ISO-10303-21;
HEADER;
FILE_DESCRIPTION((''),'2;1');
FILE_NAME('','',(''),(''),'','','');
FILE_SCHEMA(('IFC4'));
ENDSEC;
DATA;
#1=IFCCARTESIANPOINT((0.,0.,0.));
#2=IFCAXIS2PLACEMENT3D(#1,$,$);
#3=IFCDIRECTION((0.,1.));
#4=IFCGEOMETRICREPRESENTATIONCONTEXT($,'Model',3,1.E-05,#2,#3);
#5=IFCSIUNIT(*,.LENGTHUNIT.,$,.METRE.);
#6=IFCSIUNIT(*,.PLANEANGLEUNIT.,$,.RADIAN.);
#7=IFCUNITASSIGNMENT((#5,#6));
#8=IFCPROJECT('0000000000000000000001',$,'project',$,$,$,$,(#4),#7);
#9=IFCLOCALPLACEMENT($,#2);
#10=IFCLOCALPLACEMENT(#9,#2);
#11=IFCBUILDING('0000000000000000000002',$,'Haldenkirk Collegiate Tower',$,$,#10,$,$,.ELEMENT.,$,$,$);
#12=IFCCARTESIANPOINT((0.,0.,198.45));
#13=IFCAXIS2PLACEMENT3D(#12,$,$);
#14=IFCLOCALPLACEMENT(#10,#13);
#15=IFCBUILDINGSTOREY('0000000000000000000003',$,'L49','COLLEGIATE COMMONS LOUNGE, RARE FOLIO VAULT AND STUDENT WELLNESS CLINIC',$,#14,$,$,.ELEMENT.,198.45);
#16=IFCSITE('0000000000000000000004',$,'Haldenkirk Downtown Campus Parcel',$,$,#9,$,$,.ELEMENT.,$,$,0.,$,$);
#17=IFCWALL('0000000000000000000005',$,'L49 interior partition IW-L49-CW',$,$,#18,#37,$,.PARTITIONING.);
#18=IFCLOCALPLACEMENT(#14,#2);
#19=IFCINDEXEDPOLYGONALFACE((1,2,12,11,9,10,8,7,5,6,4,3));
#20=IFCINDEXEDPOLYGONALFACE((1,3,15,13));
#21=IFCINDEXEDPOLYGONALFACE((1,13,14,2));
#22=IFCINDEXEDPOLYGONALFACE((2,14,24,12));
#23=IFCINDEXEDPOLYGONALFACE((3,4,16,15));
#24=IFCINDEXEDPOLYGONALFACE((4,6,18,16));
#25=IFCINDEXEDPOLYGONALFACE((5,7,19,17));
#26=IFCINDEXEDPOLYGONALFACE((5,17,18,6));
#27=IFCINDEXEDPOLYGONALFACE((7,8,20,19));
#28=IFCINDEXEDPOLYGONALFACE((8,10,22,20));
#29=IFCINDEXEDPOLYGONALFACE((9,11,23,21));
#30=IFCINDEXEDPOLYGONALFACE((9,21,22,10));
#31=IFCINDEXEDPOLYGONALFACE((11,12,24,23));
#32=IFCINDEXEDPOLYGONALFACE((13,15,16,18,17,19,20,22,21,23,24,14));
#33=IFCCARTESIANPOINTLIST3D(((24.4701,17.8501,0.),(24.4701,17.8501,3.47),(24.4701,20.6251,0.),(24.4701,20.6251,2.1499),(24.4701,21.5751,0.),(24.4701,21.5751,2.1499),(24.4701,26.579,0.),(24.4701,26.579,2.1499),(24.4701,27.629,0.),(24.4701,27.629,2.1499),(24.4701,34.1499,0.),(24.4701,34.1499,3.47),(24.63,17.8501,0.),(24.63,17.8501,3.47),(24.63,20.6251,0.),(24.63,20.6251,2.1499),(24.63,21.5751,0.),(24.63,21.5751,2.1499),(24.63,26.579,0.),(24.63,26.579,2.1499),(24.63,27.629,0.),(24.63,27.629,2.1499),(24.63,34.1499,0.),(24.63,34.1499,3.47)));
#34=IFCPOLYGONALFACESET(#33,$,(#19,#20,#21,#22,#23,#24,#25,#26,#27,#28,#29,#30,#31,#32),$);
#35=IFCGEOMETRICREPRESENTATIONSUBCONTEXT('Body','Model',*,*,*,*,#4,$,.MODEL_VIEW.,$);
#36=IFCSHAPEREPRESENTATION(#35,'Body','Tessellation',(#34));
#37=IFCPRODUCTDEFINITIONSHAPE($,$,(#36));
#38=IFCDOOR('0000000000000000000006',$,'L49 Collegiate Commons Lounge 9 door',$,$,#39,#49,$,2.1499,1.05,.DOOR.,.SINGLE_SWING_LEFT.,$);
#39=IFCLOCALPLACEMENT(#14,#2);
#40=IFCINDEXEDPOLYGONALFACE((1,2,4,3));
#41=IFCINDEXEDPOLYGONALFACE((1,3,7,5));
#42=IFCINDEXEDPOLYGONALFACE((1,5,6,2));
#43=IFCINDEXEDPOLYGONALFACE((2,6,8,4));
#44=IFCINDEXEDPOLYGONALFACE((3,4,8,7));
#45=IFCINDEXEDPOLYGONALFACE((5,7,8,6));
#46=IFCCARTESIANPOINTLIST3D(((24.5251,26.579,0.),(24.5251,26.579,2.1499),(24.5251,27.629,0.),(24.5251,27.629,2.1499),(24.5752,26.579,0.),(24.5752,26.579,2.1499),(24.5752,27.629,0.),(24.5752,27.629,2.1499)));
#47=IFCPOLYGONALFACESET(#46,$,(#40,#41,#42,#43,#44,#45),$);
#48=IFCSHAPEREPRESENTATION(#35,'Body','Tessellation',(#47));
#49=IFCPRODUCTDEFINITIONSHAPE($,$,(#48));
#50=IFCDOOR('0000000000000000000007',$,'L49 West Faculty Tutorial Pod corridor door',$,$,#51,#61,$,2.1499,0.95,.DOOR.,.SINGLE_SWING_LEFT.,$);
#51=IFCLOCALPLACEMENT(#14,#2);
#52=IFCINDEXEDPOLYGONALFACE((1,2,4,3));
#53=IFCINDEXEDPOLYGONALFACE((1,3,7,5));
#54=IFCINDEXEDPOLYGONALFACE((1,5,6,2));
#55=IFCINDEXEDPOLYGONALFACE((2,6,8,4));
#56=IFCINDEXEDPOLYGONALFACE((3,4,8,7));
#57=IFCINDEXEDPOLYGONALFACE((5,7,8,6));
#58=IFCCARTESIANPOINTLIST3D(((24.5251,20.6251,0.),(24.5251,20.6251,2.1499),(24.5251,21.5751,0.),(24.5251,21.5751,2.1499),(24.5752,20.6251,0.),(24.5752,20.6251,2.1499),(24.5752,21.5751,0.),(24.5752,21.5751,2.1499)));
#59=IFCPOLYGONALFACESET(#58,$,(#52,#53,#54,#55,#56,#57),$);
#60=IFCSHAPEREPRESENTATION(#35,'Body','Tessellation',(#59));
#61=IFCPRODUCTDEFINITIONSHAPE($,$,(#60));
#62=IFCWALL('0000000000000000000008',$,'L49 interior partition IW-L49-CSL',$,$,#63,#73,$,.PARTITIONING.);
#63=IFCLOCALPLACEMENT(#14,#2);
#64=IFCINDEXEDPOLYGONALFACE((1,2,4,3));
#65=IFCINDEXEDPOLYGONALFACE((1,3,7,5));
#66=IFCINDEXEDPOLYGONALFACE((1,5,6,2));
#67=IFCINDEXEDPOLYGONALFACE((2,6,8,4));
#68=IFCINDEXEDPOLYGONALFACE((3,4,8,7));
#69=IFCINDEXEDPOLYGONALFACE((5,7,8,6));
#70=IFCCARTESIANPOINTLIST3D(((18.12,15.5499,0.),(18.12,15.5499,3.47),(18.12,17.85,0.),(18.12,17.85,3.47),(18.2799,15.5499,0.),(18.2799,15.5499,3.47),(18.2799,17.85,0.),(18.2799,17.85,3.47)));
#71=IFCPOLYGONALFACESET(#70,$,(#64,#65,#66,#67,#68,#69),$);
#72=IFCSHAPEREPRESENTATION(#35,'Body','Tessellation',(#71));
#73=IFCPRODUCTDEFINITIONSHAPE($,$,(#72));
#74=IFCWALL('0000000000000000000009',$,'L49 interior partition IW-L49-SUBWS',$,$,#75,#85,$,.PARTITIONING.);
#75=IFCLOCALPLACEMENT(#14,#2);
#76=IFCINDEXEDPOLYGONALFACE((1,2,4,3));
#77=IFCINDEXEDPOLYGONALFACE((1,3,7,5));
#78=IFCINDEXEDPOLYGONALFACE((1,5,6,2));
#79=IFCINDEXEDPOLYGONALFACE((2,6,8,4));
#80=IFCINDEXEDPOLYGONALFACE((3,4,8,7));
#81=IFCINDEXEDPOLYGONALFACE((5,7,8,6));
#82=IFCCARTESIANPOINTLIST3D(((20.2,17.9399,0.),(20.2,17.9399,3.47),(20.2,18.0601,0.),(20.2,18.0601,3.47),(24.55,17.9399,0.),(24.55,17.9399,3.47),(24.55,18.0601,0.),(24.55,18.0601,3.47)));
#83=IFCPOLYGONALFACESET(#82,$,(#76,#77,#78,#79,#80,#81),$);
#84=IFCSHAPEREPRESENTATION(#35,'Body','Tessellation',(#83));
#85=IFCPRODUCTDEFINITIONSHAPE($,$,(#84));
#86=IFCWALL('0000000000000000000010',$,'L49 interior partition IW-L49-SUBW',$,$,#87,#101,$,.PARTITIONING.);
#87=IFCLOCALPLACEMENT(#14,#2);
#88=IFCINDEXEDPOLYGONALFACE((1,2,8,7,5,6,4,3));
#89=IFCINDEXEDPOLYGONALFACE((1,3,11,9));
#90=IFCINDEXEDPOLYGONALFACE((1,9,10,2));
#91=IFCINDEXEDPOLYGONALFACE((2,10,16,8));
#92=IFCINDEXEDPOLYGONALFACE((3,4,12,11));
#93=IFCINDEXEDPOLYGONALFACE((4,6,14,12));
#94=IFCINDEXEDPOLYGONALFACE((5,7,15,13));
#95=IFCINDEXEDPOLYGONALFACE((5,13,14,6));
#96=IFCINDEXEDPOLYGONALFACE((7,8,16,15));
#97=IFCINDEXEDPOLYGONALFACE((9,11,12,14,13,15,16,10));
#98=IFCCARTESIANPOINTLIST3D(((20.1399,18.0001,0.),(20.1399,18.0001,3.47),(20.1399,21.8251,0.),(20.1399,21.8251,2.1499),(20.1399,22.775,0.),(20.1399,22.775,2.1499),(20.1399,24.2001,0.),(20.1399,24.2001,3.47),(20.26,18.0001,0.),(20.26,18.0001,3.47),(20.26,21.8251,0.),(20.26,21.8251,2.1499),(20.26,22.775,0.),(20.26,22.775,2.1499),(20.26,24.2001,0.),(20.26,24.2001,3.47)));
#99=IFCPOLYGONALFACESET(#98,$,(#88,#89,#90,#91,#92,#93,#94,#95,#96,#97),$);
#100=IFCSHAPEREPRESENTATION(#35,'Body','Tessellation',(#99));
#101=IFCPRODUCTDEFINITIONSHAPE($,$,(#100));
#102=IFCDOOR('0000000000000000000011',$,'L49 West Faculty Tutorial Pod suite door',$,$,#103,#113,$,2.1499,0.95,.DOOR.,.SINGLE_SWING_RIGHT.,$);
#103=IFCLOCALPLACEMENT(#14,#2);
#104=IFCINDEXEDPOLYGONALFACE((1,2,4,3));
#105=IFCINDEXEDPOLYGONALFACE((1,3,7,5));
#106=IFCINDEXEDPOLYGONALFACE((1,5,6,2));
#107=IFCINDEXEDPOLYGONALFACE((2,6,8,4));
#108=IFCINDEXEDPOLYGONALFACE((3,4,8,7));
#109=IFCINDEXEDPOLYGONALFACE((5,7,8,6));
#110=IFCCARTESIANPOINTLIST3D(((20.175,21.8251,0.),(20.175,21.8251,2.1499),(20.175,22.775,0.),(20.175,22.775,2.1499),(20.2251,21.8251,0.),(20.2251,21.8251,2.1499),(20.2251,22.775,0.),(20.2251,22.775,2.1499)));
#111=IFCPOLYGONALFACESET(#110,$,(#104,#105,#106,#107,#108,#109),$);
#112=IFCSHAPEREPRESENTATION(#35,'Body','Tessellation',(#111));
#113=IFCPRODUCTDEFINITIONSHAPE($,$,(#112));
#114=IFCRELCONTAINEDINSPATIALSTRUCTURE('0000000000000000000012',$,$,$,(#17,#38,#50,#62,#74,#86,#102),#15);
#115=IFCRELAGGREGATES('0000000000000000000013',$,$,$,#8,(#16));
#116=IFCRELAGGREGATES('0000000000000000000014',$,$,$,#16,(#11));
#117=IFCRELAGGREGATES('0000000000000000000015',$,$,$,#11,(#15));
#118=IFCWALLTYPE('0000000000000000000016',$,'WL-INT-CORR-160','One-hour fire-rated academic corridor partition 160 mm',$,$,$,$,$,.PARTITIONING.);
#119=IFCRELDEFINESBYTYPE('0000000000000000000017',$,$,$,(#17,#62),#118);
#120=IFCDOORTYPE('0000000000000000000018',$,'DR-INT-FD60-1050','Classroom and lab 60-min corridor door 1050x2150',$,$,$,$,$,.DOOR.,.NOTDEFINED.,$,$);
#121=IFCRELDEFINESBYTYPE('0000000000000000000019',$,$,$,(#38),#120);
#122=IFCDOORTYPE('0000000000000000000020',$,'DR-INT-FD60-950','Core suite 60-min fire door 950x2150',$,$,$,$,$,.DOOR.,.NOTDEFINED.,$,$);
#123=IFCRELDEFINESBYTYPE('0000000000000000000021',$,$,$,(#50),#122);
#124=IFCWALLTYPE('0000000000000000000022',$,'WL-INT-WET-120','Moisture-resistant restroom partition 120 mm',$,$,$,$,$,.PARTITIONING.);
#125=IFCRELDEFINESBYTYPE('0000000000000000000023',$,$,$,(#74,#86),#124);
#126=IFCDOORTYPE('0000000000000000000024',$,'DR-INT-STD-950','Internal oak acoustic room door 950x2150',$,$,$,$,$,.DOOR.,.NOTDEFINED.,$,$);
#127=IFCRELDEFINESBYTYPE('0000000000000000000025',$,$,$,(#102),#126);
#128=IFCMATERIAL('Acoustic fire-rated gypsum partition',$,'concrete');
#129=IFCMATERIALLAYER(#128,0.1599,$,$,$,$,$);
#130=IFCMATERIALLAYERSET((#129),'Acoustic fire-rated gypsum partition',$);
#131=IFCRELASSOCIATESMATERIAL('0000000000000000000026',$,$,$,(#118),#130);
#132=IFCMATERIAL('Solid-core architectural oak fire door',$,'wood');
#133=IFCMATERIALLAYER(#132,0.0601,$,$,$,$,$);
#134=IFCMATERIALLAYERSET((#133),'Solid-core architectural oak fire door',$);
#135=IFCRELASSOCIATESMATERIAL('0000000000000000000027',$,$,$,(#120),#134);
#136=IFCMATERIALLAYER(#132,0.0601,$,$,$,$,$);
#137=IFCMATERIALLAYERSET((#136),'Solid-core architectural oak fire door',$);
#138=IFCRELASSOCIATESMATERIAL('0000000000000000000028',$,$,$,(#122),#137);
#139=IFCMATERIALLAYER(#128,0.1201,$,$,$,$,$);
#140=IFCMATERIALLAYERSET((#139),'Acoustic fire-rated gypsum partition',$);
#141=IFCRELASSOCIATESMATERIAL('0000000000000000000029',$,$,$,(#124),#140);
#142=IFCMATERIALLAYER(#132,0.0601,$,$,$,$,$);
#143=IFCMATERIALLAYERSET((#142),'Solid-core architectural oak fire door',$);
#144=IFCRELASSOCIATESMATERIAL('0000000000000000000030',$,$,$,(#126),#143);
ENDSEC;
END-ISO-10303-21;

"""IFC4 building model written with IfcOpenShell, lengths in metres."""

from ifc_helpers import new_model, si_unit, direction, frame, frame_2d, origin, place, context, subcontext, project, spatial, rectangle, extrude, material, layer, layer_set, type_object, element, fill, save


model = new_model("IFC4")

# Units and contexts
model_context = context("Model", 3, precision=1e-05, world=origin(), true_north=direction((0.0, 1.0)))
body_context = subcontext(model_context, "Body", "Model", "MODEL_VIEW")
ifc_project = project(units=[si_unit("LENGTHUNIT", "METRE"), si_unit("PLANEANGLEUNIT", "RADIAN")], contexts=[model_context])

# Site, building, storey
site_placement = place(None, origin())
site = spatial("IfcSite", under=ifc_project, at=site_placement, Name="Haldenkirk Downtown Campus Parcel", CompositionType="ELEMENT", RefElevation=0.0)
building_placement = place(site_placement, origin())
building = spatial("IfcBuilding", under=site, at=building_placement, Name="Haldenkirk Collegiate Tower", CompositionType="ELEMENT")
storey_placement = place(building_placement, frame((0.0, 0.0, 198.45)))
storey = spatial("IfcBuildingStorey", under=building, at=storey_placement, Name="L49", Description="COLLEGIATE COMMONS LOUNGE, RARE FOLIO VAULT AND STUDENT WELLNESS CLINIC", CompositionType="ELEMENT", Elevation=198.45)

# Shared definitions
ifc_material_1 = material(Name="Acoustic fire-rated gypsum partition", Category="concrete")
ifc_layer_1 = layer(ifc_material_1, 0.1599)
ifc_layer_set_1 = layer_set([ifc_layer_1], Name="Acoustic fire-rated gypsum partition")
wall_type_1 = type_object("IfcWallType", Name="WL-INT-CORR-160", Description="One-hour fire-rated academic corridor partition 160 mm", PredefinedType="PARTITIONING", material=ifc_layer_set_1)
ifc_material_2 = material(Name="Solid-core architectural oak fire door", Category="wood")
ifc_layer_2 = layer(ifc_material_2, 0.0601)
ifc_layer_set_2 = layer_set([ifc_layer_2], Name="Solid-core architectural oak fire door")
door_type_1 = type_object("IfcDoorType", Name="DR-INT-FD60-1050", Description="Classroom and lab 60-min corridor door 1050x2150", OperationType="NOTDEFINED", PredefinedType="DOOR", material=ifc_layer_set_2)

# Wall, openings, doors
wall_1_placement = place(storey_placement, frame((24.55, 17.8501, 0.0), z_axis=(0.0, 0.0, 1.0), x_axis=(0.0, 1.0, 0.0)))
wall_1 = element("IfcWall", 1, at=wall_1_placement, inside=storey, type_object=wall_type_1, Name="L49 interior partition IW-L49-CW", PredefinedType="PARTITIONING", context=body_context, shape_type="SweptSolid", body=[
    extrude(rectangle(XDim=16.2998, YDim=0.1599, at=frame_2d((8.1499, 0.0))), origin(), (0.0, 0.0, 1.0), 3.47),
])
opening_1_placement = place(wall_1_placement, frame((2.7749, 0.0, 0.0)))
opening_1 = element("IfcOpeningElement", 2, at=opening_1_placement, cuts=wall_1, PredefinedType="OPENING", context=body_context, shape_type="SweptSolid", body=[
    extrude(rectangle(XDim=0.95, YDim=2.1499, at=frame_2d((0.4751, 1.075))), frame((0.0, 0.0898, 0.0), z_axis=(0.0, -1.0, 0.0), x_axis=(1.0, 0.0, 0.0)), (0.0, 0.0, 1.0), 0.1799),
])
opening_2_placement = place(wall_1_placement, frame((8.729, 0.0, 0.0)))
opening_2 = element("IfcOpeningElement", 3, at=opening_2_placement, cuts=wall_1, PredefinedType="OPENING", context=body_context, shape_type="SweptSolid", body=[
    extrude(rectangle(XDim=1.05, YDim=2.1499, at=frame_2d((0.5249, 1.075))), frame((0.0, 0.0898, 0.0), z_axis=(0.0, -1.0, 0.0), x_axis=(1.0, 0.0, 0.0)), (0.0, 0.0, 1.0), 0.1799),
])
door_1_placement = place(opening_2_placement, origin())
door_1 = element("IfcDoor", 4, at=door_1_placement, inside=storey, type_object=door_type_1, Name="L49 Collegiate Commons Lounge 9 door", OperationType="SINGLE_SWING_LEFT", OverallHeight=2.1499, OverallWidth=1.05, PredefinedType="DOOR", context=body_context, shape_type="SweptSolid", body=[
    extrude(rectangle(XDim=1.05, YDim=2.1499, at=frame_2d((0.5249, 1.075))), frame((0.0, 0.0249, 0.0), z_axis=(0.0, -1.0, 0.0), x_axis=(1.0, 0.0, 0.0)), (0.0, 0.0, 1.0), 0.05),
])
fill(opening_2, door_1)
ifc_layer_3 = layer(ifc_material_2, 0.0601)
ifc_layer_set_3 = layer_set([ifc_layer_3], Name="Solid-core architectural oak fire door")
door_type_2 = type_object("IfcDoorType", Name="DR-INT-FD60-950", Description="Core suite 60-min fire door 950x2150", OperationType="NOTDEFINED", PredefinedType="DOOR", material=ifc_layer_set_3)
door_2_placement = place(opening_1_placement, origin())
door_2 = element("IfcDoor", 5, at=door_2_placement, inside=storey, type_object=door_type_2, Name="L49 West Faculty Tutorial Pod corridor door", OperationType="SINGLE_SWING_LEFT", OverallHeight=2.1499, OverallWidth=0.95, PredefinedType="DOOR", context=body_context, shape_type="SweptSolid", body=[
    extrude(rectangle(XDim=0.95, YDim=2.1499, at=frame_2d((0.4751, 1.075))), frame((0.0, 0.0249, 0.0), z_axis=(0.0, -1.0, 0.0), x_axis=(1.0, 0.0, 0.0)), (0.0, 0.0, 1.0), 0.05),
])
fill(opening_1, door_2)

# Walls
wall_2_placement = place(storey_placement, frame((18.2, 15.55, 0.0), z_axis=(0.0, 0.0, 1.0), x_axis=(0.0, 1.0, 0.0)))
element("IfcWall", 6, at=wall_2_placement, inside=storey, type_object=wall_type_1, Name="L49 interior partition IW-L49-CSL", PredefinedType="PARTITIONING", context=body_context, shape_type="SweptSolid", body=[
    extrude(rectangle(XDim=2.3, YDim=0.1599, at=frame_2d((1.1499, 0.0))), origin(), (0.0, 0.0, 1.0), 3.47),
])
ifc_layer_4 = layer(ifc_material_1, 0.1201)
ifc_layer_set_4 = layer_set([ifc_layer_4], Name="Acoustic fire-rated gypsum partition")
wall_type_2 = type_object("IfcWallType", Name="WL-INT-WET-120", Description="Moisture-resistant restroom partition 120 mm", PredefinedType="PARTITIONING", material=ifc_layer_set_4)
wall_3_placement = place(storey_placement, frame((20.2, 18.0, 0.0), z_axis=(0.0, 0.0, 1.0), x_axis=(1.0, 0.0, 0.0)))
element("IfcWall", 7, at=wall_3_placement, inside=storey, type_object=wall_type_2, Name="L49 interior partition IW-L49-SUBWS", PredefinedType="PARTITIONING", context=body_context, shape_type="SweptSolid", body=[
    extrude(rectangle(XDim=4.3501, YDim=0.1201, at=frame_2d((2.175, 0.0))), origin(), (0.0, 0.0, 1.0), 3.47),
])

# Wall, opening, door
wall_4_placement = place(storey_placement, frame((20.2, 18.0, 0.0), z_axis=(0.0, 0.0, 1.0), x_axis=(0.0, 1.0, 0.0)))
wall_4 = element("IfcWall", 8, at=wall_4_placement, inside=storey, type_object=wall_type_2, Name="L49 interior partition IW-L49-SUBW", PredefinedType="PARTITIONING", context=body_context, shape_type="SweptSolid", body=[
    extrude(rectangle(XDim=6.2, YDim=0.1201, at=frame_2d((3.1001, 0.0))), origin(), (0.0, 0.0, 1.0), 3.47),
])
opening_3_placement = place(wall_4_placement, frame((3.825, 0.0, 0.0)))
opening_3 = element("IfcOpeningElement", 9, at=opening_3_placement, cuts=wall_4, PredefinedType="OPENING", context=body_context, shape_type="SweptSolid", body=[
    extrude(rectangle(XDim=0.95, YDim=2.1499, at=frame_2d((0.4751, 1.075))), frame((0.0, 0.0701, 0.0), z_axis=(0.0, -1.0, 0.0), x_axis=(1.0, 0.0, 0.0)), (0.0, 0.0, 1.0), 0.1401),
])
ifc_layer_5 = layer(ifc_material_2, 0.0601)
ifc_layer_set_5 = layer_set([ifc_layer_5], Name="Solid-core architectural oak fire door")
door_type_3 = type_object("IfcDoorType", Name="DR-INT-STD-950", Description="Internal oak acoustic room door 950x2150", OperationType="NOTDEFINED", PredefinedType="DOOR", material=ifc_layer_set_5)
door_3_placement = place(opening_3_placement, origin())
door_3 = element("IfcDoor", 10, at=door_3_placement, inside=storey, type_object=door_type_3, Name="L49 West Faculty Tutorial Pod suite door", OperationType="SINGLE_SWING_RIGHT", OverallHeight=2.1499, OverallWidth=0.95, PredefinedType="DOOR", context=body_context, shape_type="SweptSolid", body=[
    extrude(rectangle(XDim=0.95, YDim=2.1499, at=frame_2d((0.4751, 1.075))), frame((0.0, 0.0249, 0.0), z_axis=(0.0, -1.0, 0.0), x_axis=(1.0, 0.0, 0.0)), (0.0, 0.0, 1.0), 0.05),
])
fill(opening_3, door_3)

save(model, "model.ifc")
